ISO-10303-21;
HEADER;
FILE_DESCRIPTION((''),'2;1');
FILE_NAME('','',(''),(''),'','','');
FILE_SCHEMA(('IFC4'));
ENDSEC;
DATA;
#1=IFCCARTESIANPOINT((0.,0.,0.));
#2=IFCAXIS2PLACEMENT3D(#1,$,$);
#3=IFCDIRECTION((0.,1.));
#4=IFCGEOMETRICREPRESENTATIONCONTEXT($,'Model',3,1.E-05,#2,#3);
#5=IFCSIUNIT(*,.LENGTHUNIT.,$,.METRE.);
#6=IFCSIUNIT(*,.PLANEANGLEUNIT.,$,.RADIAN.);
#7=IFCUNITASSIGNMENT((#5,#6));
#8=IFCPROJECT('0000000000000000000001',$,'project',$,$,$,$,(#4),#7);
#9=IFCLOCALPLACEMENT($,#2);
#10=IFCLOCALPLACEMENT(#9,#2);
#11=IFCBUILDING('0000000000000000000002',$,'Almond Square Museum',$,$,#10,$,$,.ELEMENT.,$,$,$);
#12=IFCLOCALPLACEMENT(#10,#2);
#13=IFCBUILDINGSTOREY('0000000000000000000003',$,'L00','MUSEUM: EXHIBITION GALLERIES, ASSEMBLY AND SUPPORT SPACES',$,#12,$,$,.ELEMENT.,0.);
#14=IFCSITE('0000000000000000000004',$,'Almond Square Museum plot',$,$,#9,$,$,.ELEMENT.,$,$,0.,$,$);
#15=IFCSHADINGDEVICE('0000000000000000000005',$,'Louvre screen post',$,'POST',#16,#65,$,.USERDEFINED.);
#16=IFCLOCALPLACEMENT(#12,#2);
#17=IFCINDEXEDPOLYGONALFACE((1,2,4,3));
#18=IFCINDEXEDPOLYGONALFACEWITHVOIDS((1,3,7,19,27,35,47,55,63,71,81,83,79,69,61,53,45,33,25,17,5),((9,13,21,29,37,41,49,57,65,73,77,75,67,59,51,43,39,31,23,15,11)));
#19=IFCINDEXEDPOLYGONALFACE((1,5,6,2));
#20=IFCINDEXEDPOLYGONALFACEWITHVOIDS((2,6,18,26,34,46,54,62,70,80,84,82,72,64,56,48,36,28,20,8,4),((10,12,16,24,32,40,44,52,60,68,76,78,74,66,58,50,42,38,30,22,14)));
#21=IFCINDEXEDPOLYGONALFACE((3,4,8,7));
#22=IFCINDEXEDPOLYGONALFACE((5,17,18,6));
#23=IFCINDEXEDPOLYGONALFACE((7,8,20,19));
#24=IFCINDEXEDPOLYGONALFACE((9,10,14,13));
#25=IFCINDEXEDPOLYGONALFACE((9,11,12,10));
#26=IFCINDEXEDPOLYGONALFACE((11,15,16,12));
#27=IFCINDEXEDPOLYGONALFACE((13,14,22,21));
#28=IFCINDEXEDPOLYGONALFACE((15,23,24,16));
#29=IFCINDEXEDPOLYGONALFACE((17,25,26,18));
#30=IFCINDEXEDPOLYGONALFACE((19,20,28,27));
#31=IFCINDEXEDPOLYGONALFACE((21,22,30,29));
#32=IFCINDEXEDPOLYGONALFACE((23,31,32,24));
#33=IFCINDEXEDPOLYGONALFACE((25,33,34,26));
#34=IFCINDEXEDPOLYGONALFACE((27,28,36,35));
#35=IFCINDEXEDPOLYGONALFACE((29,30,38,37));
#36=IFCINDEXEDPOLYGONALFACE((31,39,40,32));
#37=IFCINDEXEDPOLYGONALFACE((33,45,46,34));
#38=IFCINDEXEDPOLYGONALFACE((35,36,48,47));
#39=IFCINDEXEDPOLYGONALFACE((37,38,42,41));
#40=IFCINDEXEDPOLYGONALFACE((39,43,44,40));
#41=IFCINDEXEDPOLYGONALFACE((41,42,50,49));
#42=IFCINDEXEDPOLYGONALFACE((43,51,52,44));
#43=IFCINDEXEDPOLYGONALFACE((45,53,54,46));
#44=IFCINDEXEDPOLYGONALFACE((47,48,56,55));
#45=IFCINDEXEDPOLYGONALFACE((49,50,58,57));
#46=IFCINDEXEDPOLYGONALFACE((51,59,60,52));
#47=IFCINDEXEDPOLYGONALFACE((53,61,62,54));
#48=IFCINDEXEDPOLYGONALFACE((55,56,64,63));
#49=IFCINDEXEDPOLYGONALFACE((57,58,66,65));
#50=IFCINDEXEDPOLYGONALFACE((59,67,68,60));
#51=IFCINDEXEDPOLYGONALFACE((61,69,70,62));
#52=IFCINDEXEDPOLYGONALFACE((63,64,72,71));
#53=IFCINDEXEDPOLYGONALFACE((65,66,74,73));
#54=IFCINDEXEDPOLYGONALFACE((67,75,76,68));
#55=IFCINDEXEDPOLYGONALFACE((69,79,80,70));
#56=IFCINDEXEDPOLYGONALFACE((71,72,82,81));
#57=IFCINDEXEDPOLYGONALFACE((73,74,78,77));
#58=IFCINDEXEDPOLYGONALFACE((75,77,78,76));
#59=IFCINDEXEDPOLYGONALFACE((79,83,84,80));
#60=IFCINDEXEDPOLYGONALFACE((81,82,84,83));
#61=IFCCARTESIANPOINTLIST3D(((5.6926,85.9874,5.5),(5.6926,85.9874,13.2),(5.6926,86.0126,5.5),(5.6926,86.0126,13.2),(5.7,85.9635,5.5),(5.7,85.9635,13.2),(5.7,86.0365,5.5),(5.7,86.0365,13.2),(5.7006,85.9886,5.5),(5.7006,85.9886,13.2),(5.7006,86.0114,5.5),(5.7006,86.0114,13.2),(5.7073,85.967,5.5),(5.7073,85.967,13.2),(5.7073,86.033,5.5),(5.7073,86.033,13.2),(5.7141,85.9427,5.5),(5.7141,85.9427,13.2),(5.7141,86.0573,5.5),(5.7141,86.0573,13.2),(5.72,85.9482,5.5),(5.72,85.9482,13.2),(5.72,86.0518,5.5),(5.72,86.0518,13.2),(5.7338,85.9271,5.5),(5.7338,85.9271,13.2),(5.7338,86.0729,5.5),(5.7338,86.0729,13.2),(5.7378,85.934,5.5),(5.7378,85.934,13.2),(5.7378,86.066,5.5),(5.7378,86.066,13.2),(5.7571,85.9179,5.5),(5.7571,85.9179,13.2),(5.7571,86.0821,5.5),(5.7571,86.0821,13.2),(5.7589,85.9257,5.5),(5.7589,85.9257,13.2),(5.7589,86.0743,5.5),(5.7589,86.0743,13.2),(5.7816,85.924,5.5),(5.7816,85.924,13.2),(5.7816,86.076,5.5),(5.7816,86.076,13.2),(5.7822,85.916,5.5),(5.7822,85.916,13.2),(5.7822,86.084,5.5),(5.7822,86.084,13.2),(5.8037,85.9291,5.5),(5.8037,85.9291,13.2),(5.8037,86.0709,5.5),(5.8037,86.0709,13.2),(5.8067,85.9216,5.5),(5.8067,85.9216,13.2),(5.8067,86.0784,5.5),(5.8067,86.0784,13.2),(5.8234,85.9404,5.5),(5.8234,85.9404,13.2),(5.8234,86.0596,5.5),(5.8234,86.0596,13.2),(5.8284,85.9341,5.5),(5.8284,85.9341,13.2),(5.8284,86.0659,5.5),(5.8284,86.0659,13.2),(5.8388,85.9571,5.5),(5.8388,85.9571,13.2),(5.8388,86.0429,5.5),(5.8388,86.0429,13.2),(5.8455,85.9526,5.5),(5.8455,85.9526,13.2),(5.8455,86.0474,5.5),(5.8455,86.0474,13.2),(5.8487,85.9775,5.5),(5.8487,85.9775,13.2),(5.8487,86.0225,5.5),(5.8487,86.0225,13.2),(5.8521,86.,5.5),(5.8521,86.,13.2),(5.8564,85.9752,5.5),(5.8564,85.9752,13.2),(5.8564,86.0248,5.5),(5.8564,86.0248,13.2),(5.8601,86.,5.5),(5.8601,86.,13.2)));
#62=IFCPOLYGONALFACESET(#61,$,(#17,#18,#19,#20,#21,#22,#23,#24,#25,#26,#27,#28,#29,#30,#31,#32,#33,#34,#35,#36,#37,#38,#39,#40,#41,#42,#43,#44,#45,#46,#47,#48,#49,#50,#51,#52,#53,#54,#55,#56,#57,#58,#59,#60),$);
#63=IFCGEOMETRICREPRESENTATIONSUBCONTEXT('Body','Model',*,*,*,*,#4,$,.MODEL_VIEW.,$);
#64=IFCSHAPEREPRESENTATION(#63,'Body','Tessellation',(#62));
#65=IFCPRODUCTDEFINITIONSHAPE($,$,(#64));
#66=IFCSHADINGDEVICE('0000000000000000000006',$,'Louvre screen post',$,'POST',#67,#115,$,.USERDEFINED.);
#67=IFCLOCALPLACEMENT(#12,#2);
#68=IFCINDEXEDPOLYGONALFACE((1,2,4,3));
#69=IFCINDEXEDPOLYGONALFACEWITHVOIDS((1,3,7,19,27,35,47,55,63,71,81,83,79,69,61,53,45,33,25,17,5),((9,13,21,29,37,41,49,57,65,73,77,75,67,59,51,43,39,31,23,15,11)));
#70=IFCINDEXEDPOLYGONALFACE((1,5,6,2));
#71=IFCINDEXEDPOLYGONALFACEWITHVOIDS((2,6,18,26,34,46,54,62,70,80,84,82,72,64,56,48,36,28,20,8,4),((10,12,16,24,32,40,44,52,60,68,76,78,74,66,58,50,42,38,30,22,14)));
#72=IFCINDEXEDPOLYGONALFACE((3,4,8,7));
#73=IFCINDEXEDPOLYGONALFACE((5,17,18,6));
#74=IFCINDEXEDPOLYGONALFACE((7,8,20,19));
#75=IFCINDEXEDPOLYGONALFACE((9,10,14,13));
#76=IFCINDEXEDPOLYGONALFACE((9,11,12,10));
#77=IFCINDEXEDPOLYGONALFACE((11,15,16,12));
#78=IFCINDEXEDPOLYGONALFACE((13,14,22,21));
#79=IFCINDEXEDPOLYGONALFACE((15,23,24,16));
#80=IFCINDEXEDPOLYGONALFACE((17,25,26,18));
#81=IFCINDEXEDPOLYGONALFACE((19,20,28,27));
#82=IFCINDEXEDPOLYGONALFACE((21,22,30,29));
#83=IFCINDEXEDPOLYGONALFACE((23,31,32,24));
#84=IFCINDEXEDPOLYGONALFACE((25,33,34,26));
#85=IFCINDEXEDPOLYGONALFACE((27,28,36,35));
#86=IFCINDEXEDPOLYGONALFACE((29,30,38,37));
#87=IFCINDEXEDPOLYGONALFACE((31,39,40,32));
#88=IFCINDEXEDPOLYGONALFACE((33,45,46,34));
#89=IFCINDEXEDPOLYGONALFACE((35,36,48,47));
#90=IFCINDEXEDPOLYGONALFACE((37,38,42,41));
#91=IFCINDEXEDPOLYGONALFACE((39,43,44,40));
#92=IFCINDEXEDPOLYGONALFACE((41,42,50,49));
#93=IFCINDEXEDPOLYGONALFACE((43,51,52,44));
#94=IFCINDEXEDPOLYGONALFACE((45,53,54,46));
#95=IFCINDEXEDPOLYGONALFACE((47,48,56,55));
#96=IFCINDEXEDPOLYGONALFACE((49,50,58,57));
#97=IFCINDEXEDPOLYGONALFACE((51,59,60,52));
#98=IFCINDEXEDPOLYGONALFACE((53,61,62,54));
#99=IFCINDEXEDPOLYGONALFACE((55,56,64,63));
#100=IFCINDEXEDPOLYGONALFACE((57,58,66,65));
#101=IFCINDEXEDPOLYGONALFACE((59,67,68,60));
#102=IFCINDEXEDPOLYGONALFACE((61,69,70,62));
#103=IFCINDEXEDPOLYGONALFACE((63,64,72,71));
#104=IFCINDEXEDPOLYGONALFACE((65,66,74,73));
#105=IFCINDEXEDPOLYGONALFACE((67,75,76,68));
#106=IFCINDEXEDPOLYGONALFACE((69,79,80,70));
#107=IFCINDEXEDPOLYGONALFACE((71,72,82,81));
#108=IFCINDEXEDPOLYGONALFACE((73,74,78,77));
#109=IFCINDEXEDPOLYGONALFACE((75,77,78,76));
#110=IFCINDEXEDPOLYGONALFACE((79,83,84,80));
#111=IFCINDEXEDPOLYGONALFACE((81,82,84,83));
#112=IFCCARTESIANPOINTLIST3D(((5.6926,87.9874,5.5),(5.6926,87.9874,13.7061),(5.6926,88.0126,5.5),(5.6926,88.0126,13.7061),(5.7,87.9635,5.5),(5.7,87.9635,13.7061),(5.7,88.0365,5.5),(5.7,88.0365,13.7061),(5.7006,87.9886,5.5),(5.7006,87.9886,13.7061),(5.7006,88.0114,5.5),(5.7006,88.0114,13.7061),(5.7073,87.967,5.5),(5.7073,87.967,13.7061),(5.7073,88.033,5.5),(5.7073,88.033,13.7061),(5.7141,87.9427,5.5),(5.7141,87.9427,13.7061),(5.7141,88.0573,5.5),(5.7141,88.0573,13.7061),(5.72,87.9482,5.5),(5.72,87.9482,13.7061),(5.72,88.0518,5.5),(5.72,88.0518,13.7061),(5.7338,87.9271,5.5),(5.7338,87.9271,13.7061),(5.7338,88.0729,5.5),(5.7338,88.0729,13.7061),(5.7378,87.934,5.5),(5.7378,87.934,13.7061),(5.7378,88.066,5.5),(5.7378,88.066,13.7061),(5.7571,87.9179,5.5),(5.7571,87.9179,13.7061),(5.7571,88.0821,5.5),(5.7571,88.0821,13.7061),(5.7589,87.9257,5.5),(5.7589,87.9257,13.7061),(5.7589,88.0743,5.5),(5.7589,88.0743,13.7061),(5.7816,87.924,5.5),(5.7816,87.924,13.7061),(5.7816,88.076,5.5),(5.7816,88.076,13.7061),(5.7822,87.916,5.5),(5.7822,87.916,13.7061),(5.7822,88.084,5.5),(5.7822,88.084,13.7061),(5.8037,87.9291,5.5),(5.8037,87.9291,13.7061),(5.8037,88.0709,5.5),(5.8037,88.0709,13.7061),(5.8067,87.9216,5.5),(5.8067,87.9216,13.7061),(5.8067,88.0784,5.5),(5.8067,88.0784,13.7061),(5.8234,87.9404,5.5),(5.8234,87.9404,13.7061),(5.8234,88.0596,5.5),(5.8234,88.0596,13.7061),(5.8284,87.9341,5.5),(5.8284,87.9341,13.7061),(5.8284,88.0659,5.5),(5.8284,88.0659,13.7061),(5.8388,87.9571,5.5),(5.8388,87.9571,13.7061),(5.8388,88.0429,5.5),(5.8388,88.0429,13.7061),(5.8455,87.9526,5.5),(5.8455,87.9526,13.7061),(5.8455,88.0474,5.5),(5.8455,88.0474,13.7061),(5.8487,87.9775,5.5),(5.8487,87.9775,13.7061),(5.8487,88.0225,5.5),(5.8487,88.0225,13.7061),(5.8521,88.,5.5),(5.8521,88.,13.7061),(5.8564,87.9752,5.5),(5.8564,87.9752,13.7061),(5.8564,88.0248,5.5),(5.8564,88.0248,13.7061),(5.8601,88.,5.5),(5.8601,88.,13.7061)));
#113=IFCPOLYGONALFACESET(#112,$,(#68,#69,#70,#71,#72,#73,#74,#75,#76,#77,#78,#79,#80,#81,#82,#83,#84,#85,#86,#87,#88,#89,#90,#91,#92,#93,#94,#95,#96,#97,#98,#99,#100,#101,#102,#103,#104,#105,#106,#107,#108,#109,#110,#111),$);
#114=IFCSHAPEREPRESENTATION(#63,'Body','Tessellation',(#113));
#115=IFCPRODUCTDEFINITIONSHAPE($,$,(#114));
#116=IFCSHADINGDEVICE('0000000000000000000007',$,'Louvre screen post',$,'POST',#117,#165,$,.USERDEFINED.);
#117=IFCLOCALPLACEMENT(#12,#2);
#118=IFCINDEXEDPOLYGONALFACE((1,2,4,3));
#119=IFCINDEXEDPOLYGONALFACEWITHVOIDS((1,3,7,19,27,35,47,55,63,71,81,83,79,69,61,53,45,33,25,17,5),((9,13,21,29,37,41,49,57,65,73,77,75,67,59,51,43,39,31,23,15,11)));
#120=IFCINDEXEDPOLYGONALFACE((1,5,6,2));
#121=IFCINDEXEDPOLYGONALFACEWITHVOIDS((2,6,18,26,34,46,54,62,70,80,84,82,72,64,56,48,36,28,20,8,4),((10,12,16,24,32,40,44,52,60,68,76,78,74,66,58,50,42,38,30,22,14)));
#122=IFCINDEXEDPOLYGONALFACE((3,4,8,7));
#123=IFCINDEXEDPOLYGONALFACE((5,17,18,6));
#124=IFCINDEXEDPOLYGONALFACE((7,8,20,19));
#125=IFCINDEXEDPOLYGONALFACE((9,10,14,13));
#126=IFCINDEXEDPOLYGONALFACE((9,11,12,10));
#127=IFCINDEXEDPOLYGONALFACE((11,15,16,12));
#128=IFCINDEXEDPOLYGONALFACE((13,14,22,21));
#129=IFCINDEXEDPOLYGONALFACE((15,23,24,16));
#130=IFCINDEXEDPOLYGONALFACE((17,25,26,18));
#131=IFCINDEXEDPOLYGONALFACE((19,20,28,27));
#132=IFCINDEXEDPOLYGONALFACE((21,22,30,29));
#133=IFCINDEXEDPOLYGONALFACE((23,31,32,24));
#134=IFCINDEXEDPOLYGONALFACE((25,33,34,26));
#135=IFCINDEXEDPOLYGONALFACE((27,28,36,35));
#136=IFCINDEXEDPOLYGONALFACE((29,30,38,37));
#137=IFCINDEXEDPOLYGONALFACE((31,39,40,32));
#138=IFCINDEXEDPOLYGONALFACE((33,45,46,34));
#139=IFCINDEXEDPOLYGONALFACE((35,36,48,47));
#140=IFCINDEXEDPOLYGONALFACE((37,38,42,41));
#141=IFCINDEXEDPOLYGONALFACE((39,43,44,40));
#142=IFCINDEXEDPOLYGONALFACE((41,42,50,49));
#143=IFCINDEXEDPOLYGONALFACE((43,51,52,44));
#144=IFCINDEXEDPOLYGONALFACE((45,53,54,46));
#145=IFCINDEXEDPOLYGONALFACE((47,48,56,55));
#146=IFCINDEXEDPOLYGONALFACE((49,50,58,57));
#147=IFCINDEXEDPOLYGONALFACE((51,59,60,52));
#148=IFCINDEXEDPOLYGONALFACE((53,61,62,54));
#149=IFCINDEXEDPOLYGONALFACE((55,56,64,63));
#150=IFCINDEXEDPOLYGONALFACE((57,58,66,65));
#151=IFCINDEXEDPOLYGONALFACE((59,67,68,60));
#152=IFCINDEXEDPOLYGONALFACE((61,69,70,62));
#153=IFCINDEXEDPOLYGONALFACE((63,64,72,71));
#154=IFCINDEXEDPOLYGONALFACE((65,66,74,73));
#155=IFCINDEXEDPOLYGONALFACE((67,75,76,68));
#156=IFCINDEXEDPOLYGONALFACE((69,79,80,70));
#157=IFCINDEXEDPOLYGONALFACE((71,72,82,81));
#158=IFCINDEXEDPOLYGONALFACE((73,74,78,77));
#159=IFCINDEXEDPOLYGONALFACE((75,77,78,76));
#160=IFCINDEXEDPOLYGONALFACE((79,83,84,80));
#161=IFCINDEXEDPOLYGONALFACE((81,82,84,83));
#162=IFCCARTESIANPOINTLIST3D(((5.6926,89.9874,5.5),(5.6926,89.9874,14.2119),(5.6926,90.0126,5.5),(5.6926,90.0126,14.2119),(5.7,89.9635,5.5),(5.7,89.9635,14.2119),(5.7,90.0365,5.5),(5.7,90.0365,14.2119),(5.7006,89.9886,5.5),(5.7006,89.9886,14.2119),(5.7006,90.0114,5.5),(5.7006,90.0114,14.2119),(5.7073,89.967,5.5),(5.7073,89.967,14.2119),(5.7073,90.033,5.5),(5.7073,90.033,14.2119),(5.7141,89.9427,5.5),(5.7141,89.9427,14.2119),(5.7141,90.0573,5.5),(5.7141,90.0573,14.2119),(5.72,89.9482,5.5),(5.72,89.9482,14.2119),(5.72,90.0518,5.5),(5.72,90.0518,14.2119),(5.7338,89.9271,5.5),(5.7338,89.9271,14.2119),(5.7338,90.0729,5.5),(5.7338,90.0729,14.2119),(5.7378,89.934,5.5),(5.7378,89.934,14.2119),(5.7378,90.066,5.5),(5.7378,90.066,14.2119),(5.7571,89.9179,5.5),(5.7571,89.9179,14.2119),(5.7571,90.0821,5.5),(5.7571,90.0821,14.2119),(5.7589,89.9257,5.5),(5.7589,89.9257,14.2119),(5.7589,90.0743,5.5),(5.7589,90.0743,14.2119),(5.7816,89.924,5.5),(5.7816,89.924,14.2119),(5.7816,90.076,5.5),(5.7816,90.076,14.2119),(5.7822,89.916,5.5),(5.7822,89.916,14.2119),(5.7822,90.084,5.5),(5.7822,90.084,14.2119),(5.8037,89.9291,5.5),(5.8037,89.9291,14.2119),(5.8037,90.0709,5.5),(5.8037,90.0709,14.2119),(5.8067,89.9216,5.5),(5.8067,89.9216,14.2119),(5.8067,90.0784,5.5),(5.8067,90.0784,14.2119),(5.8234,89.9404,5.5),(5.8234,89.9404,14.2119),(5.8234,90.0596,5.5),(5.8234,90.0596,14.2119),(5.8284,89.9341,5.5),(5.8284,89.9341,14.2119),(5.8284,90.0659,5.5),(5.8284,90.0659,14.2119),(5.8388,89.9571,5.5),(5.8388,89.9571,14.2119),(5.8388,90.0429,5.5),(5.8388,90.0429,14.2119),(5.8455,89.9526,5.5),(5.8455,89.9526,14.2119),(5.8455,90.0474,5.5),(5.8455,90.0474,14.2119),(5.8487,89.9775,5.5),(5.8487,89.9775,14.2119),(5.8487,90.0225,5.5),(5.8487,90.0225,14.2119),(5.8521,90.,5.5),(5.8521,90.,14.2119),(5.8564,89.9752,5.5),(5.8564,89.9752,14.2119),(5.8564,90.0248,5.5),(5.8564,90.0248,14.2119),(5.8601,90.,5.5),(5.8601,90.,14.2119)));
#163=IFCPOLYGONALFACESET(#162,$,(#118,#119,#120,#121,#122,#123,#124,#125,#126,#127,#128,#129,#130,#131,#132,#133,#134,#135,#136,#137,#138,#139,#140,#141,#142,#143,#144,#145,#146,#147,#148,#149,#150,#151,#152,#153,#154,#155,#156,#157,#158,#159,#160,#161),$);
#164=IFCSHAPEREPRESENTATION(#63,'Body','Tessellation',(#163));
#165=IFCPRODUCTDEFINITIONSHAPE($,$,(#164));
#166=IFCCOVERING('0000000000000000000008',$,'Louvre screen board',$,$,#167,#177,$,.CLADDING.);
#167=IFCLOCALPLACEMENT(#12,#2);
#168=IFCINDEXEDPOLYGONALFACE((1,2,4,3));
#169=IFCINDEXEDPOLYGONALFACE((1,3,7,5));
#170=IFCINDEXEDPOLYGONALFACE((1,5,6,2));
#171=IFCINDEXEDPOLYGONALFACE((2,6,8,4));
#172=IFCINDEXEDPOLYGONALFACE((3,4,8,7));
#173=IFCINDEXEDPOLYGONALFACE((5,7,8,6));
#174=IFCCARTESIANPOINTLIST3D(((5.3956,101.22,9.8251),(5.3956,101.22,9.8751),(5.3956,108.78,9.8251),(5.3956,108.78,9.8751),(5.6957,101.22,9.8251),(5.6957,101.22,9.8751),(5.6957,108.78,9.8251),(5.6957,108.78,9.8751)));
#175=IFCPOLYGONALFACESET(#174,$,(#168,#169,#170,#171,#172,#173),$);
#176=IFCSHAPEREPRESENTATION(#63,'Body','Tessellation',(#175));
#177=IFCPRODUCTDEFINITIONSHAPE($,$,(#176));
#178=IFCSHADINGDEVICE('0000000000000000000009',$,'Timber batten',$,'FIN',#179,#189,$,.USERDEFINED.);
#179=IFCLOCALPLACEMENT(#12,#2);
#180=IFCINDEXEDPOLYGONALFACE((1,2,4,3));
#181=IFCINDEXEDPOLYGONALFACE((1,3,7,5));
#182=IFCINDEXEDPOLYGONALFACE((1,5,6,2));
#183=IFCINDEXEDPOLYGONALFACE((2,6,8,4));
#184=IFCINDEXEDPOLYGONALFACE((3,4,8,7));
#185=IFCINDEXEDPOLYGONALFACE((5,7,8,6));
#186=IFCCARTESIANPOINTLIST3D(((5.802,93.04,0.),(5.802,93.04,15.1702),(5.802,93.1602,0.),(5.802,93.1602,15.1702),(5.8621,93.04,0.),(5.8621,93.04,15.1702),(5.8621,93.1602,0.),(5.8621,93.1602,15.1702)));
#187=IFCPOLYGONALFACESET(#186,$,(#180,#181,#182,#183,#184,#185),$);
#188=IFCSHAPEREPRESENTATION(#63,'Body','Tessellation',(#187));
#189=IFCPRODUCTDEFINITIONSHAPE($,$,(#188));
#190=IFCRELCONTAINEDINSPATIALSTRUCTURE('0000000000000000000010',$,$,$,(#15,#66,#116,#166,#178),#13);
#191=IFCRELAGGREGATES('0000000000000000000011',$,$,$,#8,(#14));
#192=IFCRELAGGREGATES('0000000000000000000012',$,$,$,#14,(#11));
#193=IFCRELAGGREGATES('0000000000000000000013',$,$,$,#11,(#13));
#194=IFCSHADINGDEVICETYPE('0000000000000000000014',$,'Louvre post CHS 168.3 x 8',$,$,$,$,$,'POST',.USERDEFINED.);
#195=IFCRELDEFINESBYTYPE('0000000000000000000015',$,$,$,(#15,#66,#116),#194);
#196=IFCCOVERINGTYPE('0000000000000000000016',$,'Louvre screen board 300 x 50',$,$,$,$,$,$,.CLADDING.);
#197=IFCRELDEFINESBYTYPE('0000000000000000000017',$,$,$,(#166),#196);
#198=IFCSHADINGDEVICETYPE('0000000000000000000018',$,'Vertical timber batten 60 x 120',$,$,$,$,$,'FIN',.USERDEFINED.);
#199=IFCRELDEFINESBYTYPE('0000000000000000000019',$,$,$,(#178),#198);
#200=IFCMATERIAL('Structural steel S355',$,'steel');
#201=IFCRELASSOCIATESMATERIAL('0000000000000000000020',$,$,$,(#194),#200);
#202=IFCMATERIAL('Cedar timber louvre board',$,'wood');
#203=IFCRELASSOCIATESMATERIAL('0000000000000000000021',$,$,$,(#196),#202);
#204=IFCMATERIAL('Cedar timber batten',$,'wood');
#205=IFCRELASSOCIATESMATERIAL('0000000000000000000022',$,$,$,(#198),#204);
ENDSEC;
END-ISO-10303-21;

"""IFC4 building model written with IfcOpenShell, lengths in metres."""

from ifc_helpers import new_model, si_unit, direction, frame, origin, origin_2d, place, context, subcontext, project, spatial, rectangle, hollow_circle, extrude, material, material_profile, profile_set, type_object, element, save


model = new_model("IFC4")

# Units and contexts
model_context = context("Model", 3, precision=1e-05, world=origin(), true_north=direction((0.0, 1.0)))
body_context = subcontext(model_context, "Body", "Model", "MODEL_VIEW")
ifc_project = project(units=[si_unit("LENGTHUNIT", "METRE"), si_unit("PLANEANGLEUNIT", "RADIAN")], contexts=[model_context])

# Site, building, storey
site_placement = place(None, origin())
site = spatial("IfcSite", under=ifc_project, at=site_placement, Name="Almond Square Museum plot", CompositionType="ELEMENT", RefElevation=0.0)
building_placement = place(site_placement, origin())
building = spatial("IfcBuilding", under=site, at=building_placement, Name="Almond Square Museum", CompositionType="ELEMENT")
storey_placement = place(building_placement, origin())
storey = spatial("IfcBuildingStorey", under=building, at=storey_placement, Name="L00", Description="MUSEUM: EXHIBITION GALLERIES, ASSEMBLY AND SUPPORT SPACES", CompositionType="ELEMENT", Elevation=0.0)

# Shading devices
ifc_material_1 = material(Name="Structural steel S355", Category="steel")
ifc_material_profile_1 = material_profile(ifc_material_1, hollow_circle(Radius=0.0842, WallThickness=0.0081, at=origin_2d()))
ifc_profile_set_1 = profile_set([ifc_material_profile_1], Name="Structural steel S355")
shading_device_type_1 = type_object("IfcShadingDeviceType", Name="Louvre post CHS 168.3 x 8", ElementType="POST", PredefinedType="USERDEFINED", material=ifc_profile_set_1)
shading_device_1_placement = place(storey_placement, frame((5.7759, 86.0, 5.5), z_axis=(0.0, 0.0, 1.0), x_axis=(1.0, 0.0, 0.0)))
element("IfcShadingDevice", 1, at=shading_device_1_placement, inside=storey, type_object=shading_device_type_1, Name="Louvre screen post", ObjectType="POST", PredefinedType="USERDEFINED", context=body_context, shape_type="SweptSolid", body=[
    extrude(hollow_circle(Radius=0.0842, WallThickness=0.0081, at=origin_2d()), origin(), (0.0, 0.0, 1.0), 7.7),
])
shading_device_2_placement = place(storey_placement, frame((5.7759, 88.0, 5.5), z_axis=(0.0, 0.0, 1.0), x_axis=(1.0, 0.0, 0.0)))
element("IfcShadingDevice", 2, at=shading_device_2_placement, inside=storey, type_object=shading_device_type_1, Name="Louvre screen post", ObjectType="POST", PredefinedType="USERDEFINED", context=body_context, shape_type="SweptSolid", body=[
    extrude(hollow_circle(Radius=0.0842, WallThickness=0.0081, at=origin_2d()), origin(), (0.0, 0.0, 1.0), 8.2061),
])
shading_device_3_placement = place(storey_placement, frame((5.7759, 90.0, 5.5), z_axis=(0.0, 0.0, 1.0), x_axis=(1.0, 0.0, 0.0)))
element("IfcShadingDevice", 3, at=shading_device_3_placement, inside=storey, type_object=shading_device_type_1, Name="Louvre screen post", ObjectType="POST", PredefinedType="USERDEFINED", context=body_context, shape_type="SweptSolid", body=[
    extrude(hollow_circle(Radius=0.0842, WallThickness=0.0081, at=origin_2d()), origin(), (0.0, 0.0, 1.0), 8.7119),
])

# Covering
ifc_material_2 = material(Name="Cedar timber louvre board", Category="wood")
ifc_material_profile_2 = material_profile(ifc_material_2, rectangle(XDim=0.3, YDim=0.05, at=origin_2d()))
ifc_profile_set_2 = profile_set([ifc_material_profile_2], Name="Cedar timber louvre board")
covering_type = type_object("IfcCoveringType", Name="Louvre screen board 300 x 50", PredefinedType="CLADDING", material=ifc_profile_set_2)
covering_placement = place(storey_placement, frame((5.5457, 101.22, 9.8501), z_axis=(0.0, 1.0, 0.0), x_axis=(-1.0, 0.0, 0.0)))
element("IfcCovering", 4, at=covering_placement, inside=storey, type_object=covering_type, Name="Louvre screen board", PredefinedType="CLADDING", context=body_context, shape_type="SweptSolid", body=[
    extrude(rectangle(XDim=0.3, YDim=0.05, at=origin_2d()), origin(), (0.0, 0.0, 1.0), 7.5601),
])

# Shading device
ifc_material_3 = material(Name="Cedar timber batten", Category="wood")
ifc_material_profile_3 = material_profile(ifc_material_3, rectangle(XDim=0.0601, YDim=0.1201, at=origin_2d()))
ifc_profile_set_3 = profile_set([ifc_material_profile_3], Name="Cedar timber batten")
shading_device_type_2 = type_object("IfcShadingDeviceType", Name="Vertical timber batten 60 x 120", ElementType="FIN", PredefinedType="USERDEFINED", material=ifc_profile_set_3)
for number, where, z_axis, x_axis, name in (
    (5, (5.832, 93.1001, 0.0), (0.0, 0.0, 1.0), (-1.0, 0.0, 0.0), "Timber batten"),
):
    element("IfcShadingDevice", number, at=place(storey_placement, frame(where, z_axis=z_axis, x_axis=x_axis)), inside=storey, type_object=shading_device_type_2, Name=name, ObjectType="FIN", PredefinedType="USERDEFINED", context=body_context, shape_type="SweptSolid", body=[
        extrude(rectangle(XDim=0.0601, YDim=0.1201, at=origin_2d()), origin(), (0.0, 0.0, 1.0), 15.1702),
    ])

save(model, "model.ifc")
